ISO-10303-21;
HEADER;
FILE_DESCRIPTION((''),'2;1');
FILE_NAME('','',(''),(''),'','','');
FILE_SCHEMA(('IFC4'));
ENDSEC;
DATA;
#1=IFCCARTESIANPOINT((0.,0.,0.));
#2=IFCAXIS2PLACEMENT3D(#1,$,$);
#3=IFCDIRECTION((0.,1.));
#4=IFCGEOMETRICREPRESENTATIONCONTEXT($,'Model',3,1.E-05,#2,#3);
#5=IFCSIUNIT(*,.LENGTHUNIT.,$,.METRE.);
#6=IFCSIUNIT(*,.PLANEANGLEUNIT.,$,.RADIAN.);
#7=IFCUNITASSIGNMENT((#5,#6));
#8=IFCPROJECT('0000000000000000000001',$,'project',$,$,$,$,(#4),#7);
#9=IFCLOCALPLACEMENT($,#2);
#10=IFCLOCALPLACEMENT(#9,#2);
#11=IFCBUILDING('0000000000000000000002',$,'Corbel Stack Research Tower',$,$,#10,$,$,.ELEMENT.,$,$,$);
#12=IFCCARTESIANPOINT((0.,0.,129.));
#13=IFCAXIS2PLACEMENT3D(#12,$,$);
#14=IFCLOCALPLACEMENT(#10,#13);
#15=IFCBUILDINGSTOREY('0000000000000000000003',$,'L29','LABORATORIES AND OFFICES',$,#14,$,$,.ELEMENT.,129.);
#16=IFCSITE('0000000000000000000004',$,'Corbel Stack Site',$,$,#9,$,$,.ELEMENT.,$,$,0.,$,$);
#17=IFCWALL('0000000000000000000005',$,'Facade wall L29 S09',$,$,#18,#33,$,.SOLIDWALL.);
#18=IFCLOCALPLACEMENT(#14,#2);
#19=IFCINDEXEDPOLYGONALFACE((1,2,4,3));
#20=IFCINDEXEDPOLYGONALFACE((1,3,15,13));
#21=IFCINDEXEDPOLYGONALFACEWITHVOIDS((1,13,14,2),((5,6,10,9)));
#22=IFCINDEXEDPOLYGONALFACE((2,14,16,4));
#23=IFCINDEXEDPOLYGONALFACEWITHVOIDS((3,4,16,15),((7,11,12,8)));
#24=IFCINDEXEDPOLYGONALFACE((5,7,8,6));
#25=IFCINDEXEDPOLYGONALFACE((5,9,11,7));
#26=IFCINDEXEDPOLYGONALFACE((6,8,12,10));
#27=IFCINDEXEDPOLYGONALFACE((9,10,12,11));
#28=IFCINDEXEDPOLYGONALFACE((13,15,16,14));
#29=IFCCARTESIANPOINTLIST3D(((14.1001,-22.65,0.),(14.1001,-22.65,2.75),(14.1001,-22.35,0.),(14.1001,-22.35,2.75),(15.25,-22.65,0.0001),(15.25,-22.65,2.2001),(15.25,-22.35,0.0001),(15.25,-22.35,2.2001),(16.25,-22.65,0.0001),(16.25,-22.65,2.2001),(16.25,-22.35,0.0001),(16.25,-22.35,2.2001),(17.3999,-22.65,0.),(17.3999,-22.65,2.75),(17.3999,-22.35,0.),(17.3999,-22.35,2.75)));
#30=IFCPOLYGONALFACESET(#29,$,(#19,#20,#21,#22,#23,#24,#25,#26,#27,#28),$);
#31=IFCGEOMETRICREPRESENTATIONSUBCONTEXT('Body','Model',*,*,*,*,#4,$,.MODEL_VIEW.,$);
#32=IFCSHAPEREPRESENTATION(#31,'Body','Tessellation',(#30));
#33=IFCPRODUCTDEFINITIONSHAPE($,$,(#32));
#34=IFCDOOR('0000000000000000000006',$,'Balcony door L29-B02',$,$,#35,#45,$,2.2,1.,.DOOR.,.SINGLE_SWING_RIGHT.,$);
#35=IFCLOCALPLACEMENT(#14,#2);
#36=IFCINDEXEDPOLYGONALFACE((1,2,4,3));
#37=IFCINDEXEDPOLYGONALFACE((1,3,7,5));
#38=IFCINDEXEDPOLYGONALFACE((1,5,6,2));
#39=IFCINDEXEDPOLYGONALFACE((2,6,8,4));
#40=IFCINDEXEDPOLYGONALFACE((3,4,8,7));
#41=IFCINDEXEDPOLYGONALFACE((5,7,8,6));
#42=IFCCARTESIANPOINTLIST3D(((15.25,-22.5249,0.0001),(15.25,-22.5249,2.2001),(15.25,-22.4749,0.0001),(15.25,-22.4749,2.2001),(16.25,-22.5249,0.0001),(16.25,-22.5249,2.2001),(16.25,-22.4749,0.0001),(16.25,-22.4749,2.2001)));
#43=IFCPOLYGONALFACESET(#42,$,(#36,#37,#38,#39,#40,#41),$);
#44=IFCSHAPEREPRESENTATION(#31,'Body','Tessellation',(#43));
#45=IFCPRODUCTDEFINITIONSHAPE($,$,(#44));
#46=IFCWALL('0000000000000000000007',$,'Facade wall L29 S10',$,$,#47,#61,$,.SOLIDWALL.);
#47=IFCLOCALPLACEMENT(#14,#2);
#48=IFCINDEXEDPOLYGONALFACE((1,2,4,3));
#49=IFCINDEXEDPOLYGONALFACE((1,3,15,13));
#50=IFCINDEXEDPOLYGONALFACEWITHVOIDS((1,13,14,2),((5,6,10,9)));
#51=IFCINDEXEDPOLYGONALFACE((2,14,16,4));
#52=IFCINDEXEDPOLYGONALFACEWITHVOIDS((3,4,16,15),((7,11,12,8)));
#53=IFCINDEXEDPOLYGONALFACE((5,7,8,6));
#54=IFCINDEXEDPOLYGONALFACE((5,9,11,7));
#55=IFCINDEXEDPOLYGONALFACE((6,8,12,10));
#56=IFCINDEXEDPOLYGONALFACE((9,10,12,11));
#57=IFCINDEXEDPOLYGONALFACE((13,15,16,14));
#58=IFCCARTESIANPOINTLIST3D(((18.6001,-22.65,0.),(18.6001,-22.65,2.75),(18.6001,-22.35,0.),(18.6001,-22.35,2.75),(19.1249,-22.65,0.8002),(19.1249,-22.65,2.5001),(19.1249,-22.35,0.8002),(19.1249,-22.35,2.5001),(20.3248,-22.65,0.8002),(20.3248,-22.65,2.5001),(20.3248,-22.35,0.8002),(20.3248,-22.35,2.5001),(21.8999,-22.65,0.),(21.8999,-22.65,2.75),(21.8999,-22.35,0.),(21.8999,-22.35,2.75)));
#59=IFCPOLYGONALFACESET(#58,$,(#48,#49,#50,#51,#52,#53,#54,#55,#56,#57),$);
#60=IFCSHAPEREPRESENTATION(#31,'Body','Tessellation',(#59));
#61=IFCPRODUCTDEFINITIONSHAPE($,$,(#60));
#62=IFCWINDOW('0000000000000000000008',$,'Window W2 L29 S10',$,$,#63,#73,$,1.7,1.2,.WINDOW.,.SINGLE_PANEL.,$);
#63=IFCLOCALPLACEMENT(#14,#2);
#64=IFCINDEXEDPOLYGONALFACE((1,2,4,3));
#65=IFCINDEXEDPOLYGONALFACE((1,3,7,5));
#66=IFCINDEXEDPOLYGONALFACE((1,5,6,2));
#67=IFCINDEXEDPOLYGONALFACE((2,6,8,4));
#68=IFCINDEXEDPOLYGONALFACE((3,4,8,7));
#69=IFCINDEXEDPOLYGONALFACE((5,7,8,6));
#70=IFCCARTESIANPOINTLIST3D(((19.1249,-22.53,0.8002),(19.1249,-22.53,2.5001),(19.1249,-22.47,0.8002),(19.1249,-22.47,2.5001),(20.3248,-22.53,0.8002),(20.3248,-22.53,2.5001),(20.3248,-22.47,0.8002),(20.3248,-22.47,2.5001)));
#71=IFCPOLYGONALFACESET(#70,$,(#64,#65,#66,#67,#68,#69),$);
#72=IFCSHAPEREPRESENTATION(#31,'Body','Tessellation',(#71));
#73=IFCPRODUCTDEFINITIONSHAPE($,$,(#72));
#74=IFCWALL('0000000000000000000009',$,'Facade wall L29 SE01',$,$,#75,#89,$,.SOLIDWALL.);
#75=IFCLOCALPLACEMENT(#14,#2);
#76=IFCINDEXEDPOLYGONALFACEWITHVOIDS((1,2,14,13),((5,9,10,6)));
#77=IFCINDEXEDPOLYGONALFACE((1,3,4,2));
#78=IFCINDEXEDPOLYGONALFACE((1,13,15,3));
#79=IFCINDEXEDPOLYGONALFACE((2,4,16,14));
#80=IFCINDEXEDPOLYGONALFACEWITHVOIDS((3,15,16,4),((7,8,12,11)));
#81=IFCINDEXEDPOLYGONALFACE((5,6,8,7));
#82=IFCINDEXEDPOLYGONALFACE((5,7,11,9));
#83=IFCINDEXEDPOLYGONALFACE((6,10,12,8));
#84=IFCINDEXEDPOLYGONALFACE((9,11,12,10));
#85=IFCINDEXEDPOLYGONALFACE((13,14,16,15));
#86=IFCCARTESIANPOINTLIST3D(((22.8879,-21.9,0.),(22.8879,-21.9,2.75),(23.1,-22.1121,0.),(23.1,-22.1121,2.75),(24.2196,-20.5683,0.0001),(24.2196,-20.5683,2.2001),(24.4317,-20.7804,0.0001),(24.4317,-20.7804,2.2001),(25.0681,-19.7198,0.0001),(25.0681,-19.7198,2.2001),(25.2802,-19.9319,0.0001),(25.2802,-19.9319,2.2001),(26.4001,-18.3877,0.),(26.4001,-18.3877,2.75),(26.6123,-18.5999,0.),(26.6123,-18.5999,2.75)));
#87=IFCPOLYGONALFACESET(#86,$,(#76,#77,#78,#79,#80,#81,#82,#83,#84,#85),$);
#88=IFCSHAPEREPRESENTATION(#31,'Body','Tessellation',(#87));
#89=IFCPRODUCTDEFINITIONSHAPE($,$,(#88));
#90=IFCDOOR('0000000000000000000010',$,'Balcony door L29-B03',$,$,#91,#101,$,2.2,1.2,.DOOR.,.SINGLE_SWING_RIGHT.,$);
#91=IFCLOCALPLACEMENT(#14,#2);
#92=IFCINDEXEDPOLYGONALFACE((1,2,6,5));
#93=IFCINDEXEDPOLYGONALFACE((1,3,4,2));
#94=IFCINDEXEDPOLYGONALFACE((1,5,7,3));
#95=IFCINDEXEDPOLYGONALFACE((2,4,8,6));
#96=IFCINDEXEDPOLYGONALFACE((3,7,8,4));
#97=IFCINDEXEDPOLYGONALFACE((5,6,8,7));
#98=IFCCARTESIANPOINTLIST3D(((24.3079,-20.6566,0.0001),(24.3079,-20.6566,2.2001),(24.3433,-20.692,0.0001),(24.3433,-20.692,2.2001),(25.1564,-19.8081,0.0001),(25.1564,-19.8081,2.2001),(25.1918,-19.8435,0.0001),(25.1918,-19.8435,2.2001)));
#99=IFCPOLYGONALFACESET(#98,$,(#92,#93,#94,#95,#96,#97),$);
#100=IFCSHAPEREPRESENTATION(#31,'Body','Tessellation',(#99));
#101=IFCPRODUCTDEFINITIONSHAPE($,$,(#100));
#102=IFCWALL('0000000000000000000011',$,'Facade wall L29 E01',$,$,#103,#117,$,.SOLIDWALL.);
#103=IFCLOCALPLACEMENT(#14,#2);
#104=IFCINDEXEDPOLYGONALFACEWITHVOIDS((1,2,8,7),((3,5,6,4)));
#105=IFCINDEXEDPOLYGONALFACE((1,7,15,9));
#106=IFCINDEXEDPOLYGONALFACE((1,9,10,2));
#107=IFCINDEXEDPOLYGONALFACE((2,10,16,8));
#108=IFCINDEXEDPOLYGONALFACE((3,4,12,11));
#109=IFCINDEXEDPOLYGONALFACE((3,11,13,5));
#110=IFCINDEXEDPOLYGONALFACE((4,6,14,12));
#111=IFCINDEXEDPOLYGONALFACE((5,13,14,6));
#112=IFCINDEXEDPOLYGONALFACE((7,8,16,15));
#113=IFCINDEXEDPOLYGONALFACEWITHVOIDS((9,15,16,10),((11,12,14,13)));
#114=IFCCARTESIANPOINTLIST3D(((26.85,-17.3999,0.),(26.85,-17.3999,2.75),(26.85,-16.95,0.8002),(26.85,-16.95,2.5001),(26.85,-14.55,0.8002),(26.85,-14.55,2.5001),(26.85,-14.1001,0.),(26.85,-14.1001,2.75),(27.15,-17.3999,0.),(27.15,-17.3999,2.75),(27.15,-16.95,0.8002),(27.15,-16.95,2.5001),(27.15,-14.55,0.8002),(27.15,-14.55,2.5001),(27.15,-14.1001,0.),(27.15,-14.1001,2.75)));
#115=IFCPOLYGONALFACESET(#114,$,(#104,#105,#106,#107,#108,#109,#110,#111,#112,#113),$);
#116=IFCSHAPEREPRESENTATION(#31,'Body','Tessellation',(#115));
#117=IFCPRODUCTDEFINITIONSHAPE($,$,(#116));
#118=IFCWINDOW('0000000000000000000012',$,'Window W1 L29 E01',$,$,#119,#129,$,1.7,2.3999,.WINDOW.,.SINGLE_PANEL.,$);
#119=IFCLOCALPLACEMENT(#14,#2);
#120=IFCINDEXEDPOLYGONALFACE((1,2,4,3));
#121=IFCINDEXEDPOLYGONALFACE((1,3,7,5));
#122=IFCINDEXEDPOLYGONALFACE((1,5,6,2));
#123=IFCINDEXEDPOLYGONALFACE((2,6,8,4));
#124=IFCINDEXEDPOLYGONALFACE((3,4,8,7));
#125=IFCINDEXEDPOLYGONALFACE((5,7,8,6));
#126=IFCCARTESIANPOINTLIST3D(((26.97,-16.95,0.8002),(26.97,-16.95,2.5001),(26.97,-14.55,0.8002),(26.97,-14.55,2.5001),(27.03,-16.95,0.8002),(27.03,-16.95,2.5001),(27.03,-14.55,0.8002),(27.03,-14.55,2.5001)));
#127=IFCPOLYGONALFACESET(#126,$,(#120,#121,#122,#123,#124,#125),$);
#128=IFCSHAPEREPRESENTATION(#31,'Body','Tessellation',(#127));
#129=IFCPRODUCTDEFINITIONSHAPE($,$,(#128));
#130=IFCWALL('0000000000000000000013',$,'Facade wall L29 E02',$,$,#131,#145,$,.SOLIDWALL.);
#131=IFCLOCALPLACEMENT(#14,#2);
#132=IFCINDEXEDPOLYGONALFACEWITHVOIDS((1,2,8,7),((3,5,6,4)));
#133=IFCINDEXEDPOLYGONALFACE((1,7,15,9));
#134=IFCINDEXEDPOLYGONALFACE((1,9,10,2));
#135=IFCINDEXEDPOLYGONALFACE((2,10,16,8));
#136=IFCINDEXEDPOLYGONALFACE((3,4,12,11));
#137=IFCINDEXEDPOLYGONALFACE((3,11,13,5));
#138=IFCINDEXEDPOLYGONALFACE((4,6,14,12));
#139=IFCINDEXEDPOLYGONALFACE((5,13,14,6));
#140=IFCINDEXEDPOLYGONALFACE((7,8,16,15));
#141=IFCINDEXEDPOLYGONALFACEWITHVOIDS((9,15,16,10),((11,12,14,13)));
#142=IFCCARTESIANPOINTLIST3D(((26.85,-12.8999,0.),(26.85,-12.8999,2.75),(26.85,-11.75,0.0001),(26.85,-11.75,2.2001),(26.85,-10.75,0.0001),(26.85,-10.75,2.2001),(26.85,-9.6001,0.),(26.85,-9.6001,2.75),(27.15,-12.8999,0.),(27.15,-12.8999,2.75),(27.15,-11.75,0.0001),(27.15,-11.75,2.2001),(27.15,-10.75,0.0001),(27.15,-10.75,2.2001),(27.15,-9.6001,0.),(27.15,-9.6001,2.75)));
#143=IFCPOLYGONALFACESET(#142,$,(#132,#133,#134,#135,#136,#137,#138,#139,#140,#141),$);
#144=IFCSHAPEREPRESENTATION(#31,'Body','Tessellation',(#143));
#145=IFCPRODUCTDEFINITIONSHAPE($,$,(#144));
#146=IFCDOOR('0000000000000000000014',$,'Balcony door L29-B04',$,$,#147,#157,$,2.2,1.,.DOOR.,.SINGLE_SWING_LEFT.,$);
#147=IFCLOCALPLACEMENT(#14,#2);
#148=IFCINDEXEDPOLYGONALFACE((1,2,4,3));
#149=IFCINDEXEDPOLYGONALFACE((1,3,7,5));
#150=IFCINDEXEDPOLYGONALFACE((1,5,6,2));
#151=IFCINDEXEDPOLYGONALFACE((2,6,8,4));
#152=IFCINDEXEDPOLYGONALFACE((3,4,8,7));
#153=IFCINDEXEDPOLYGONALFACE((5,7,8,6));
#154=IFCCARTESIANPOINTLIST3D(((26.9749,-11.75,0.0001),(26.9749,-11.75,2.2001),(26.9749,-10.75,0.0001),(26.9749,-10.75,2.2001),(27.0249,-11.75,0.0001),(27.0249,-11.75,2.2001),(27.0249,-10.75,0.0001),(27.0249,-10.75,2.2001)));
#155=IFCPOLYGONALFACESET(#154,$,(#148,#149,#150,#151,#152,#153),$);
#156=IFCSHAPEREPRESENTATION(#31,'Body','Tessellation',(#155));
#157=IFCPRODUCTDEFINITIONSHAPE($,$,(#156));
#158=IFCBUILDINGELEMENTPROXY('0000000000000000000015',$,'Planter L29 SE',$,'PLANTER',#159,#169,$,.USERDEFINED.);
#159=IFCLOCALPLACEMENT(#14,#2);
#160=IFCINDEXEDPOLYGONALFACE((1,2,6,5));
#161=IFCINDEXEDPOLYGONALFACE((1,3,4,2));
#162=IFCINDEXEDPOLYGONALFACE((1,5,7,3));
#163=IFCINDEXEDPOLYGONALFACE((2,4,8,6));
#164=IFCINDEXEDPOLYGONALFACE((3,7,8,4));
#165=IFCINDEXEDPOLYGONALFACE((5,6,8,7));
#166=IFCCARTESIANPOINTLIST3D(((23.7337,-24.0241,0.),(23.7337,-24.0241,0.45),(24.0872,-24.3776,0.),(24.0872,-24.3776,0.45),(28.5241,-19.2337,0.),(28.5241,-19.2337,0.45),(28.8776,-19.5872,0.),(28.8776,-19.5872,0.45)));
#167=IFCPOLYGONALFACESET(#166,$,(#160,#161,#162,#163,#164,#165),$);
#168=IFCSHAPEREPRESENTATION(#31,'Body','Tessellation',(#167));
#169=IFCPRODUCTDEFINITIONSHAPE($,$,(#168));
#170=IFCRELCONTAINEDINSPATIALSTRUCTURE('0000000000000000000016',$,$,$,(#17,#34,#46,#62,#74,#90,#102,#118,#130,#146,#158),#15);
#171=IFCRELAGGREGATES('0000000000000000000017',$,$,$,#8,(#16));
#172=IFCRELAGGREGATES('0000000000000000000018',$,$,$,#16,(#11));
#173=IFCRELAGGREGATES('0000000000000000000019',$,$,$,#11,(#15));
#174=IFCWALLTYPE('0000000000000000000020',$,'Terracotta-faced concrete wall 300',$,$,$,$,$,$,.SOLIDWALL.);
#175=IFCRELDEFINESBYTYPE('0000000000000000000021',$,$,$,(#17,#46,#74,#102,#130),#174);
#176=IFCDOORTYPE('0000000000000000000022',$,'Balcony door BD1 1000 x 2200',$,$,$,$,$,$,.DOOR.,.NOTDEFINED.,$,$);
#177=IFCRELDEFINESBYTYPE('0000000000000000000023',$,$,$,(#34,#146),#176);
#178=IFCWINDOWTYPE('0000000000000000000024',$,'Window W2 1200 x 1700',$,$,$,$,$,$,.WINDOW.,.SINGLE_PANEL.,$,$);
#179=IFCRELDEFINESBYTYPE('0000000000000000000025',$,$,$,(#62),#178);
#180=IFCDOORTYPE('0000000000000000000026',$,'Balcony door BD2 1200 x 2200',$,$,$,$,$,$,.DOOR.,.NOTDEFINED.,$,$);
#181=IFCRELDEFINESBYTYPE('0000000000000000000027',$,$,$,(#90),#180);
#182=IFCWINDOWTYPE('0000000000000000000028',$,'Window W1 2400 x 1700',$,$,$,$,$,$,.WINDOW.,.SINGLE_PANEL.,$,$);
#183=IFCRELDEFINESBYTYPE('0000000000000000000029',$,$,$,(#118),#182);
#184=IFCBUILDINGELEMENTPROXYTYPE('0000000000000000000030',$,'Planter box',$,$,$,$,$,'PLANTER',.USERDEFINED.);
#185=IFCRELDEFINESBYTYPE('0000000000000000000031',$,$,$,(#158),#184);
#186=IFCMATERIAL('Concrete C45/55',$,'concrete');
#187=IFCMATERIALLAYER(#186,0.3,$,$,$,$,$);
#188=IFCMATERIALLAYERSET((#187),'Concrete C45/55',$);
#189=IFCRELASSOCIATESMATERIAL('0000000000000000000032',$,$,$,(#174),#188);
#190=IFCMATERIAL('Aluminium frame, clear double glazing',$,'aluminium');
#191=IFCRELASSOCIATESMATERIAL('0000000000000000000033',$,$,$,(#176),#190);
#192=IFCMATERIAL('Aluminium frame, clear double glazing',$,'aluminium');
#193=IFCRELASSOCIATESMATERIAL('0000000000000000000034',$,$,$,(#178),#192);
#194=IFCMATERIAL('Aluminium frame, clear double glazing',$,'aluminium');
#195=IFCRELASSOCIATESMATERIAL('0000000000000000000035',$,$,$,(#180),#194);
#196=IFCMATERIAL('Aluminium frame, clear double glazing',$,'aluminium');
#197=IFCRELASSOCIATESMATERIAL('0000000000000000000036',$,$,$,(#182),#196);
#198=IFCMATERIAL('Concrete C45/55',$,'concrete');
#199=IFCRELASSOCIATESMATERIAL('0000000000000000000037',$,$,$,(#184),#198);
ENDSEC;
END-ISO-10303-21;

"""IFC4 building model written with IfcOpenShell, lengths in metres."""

from ifc_helpers import new_model, si_unit, direction, frame, frame_2d, origin, origin_2d, place, context, subcontext, project, spatial, rectangle, extrude, material, layer, layer_set, type_object, element, fill, save


model = new_model("IFC4")

# Units and contexts
model_context = context("Model", 3, precision=1e-05, world=origin(), true_north=direction((0.0, 1.0)))
body_context = subcontext(model_context, "Body", "Model", "MODEL_VIEW")
ifc_project = project(units=[si_unit("LENGTHUNIT", "METRE"), si_unit("PLANEANGLEUNIT", "RADIAN")], contexts=[model_context])

# Site, building, storey
site_placement = place(None, origin())
site = spatial("IfcSite", under=ifc_project, at=site_placement, Name="Corbel Stack Site", CompositionType="ELEMENT", RefElevation=0.0)
building_placement = place(site_placement, origin())
building = spatial("IfcBuilding", under=site, at=building_placement, Name="Corbel Stack Research Tower", CompositionType="ELEMENT")
storey_placement = place(building_placement, frame((0.0, 0.0, 129.0)))
storey = spatial("IfcBuildingStorey", under=building, at=storey_placement, Name="L29", Description="LABORATORIES AND OFFICES", CompositionType="ELEMENT", Elevation=129.0)

# Wall, opening, door
ifc_material_1 = material(Name="Concrete C45/55", Category="concrete")
ifc_layer_1 = layer(ifc_material_1, 0.3)
ifc_layer_set_1 = layer_set([ifc_layer_1], Name="Concrete C45/55")
wall_type_1 = type_object("IfcWallType", Name="Terracotta-faced concrete wall 300", PredefinedType="SOLIDWALL", material=ifc_layer_set_1)
wall_1_placement = place(storey_placement, frame((17.3999, -22.5, 0.0), z_axis=(0.0, 0.0, 1.0), x_axis=(-1.0, 0.0, 0.0)))
wall_1 = element("IfcWall", 1, at=wall_1_placement, inside=storey, type_object=wall_type_1, Name="Facade wall L29 S09", PredefinedType="SOLIDWALL", context=body_context, shape_type="SweptSolid", body=[
    extrude(rectangle(XDim=3.2998, YDim=0.3, at=frame_2d((1.6499, 0.0))), origin(), (0.0, 0.0, 1.0), 2.75),
])
opening_1_placement = place(wall_1_placement, frame((1.1499, 0.0, 0.0)))
opening_1 = element("IfcOpeningElement", 2, at=opening_1_placement, cuts=wall_1, PredefinedType="OPENING", context=body_context, shape_type="SweptSolid", body=[
    extrude(rectangle(XDim=1.0, YDim=2.2, at=frame_2d((0.5, 1.1001))), frame((0.0, 0.1599, 0.0), z_axis=(0.0, -1.0, 0.0), x_axis=(1.0, 0.0, 0.0)), (0.0, 0.0, 1.0), 0.3201),
])
ifc_material_2 = material(Name="Aluminium frame, clear double glazing", Category="aluminium")
door_type_1 = type_object("IfcDoorType", Name="Balcony door BD1 1000 x 2200", OperationType="NOTDEFINED", PredefinedType="DOOR", material=ifc_material_2)
door_1_placement = place(opening_1_placement, origin())
door_1 = element("IfcDoor", 3, at=door_1_placement, inside=storey, type_object=door_type_1, Name="Balcony door L29-B02", OperationType="SINGLE_SWING_RIGHT", OverallHeight=2.2, OverallWidth=1.0, PredefinedType="DOOR", context=body_context, shape_type="SweptSolid", body=[
    extrude(rectangle(XDim=1.0, YDim=2.2, at=frame_2d((0.5, 1.1001))), frame((0.0, 0.0249, 0.0), z_axis=(0.0, -1.0, 0.0), x_axis=(1.0, 0.0, 0.0)), (0.0, 0.0, 1.0), 0.05),
])
fill(opening_1, door_1)

# Wall, opening, window
wall_2_placement = place(storey_placement, frame((21.8999, -22.5, 0.0), z_axis=(0.0, 0.0, 1.0), x_axis=(-1.0, 0.0, 0.0)))
wall_2 = element("IfcWall", 4, at=wall_2_placement, inside=storey, type_object=wall_type_1, Name="Facade wall L29 S10", PredefinedType="SOLIDWALL", context=body_context, shape_type="SweptSolid", body=[
    extrude(rectangle(XDim=3.2998, YDim=0.3, at=frame_2d((1.6499, 0.0))), origin(), (0.0, 0.0, 1.0), 2.75),
])
opening_2_placement = place(wall_2_placement, frame((1.575, 0.0, 0.8)))
opening_2 = element("IfcOpeningElement", 5, at=opening_2_placement, cuts=wall_2, PredefinedType="OPENING", context=body_context, shape_type="SweptSolid", body=[
    extrude(rectangle(XDim=1.2, YDim=1.7, at=frame_2d((0.6001, 0.8501))), frame((0.0, 0.1599, 0.0), z_axis=(0.0, -1.0, 0.0), x_axis=(1.0, 0.0, 0.0)), (0.0, 0.0, 1.0), 0.3201),
])
ifc_material_3 = material(Name="Aluminium frame, clear double glazing", Category="aluminium")
window_type_1 = type_object("IfcWindowType", Name="Window W2 1200 x 1700", PartitioningType="SINGLE_PANEL", PredefinedType="WINDOW", material=ifc_material_3)
window_1_placement = place(opening_2_placement, origin())
window_1 = element("IfcWindow", 6, at=window_1_placement, inside=storey, type_object=window_type_1, Name="Window W2 L29 S10", OverallHeight=1.7, OverallWidth=1.2, PartitioningType="SINGLE_PANEL", PredefinedType="WINDOW", context=body_context, shape_type="SweptSolid", body=[
    extrude(rectangle(XDim=1.2, YDim=1.7, at=frame_2d((0.6001, 0.8501))), frame((0.0, 0.03, 0.0), z_axis=(0.0, -1.0, 0.0), x_axis=(1.0, 0.0, 0.0)), (0.0, 0.0, 1.0), 0.0601),
])
fill(opening_2, window_1)

# Wall, opening, door
wall_3_placement = place(storey_placement, frame((26.5061, -18.4939, 0.0), z_axis=(0.0, 0.0, 1.0), x_axis=(-0.707107, -0.707107, 0.0)))
wall_3 = element("IfcWall", 7, at=wall_3_placement, inside=storey, type_object=wall_type_1, Name="Facade wall L29 SE01", PredefinedType="SOLIDWALL", context=body_context, shape_type="SweptSolid", body=[
    extrude(rectangle(XDim=4.967, YDim=0.3, at=frame_2d((2.4834, 0.0))), origin(), (0.0, 0.0, 1.0), 2.75),
])
opening_3_placement = place(wall_3_placement, frame((1.8835, 0.0, 0.0)))
opening_3 = element("IfcOpeningElement", 8, at=opening_3_placement, cuts=wall_3, PredefinedType="OPENING", context=body_context, shape_type="SweptSolid", body=[
    extrude(rectangle(XDim=1.2, YDim=2.2, at=frame_2d((0.6001, 1.1001))), frame((0.0, 0.1599, 0.0), z_axis=(0.0, -1.0, 0.0), x_axis=(1.0, 0.0, 0.0)), (0.0, 0.0, 1.0), 0.3201),
])
ifc_material_4 = material(Name="Aluminium frame, clear double glazing", Category="aluminium")
door_type_2 = type_object("IfcDoorType", Name="Balcony door BD2 1200 x 2200", OperationType="NOTDEFINED", PredefinedType="DOOR", material=ifc_material_4)
door_2_placement = place(opening_3_placement, origin())
door_2 = element("IfcDoor", 9, at=door_2_placement, inside=storey, type_object=door_type_2, Name="Balcony door L29-B03", OperationType="SINGLE_SWING_RIGHT", OverallHeight=2.2, OverallWidth=1.2, PredefinedType="DOOR", context=body_context, shape_type="SweptSolid", body=[
    extrude(rectangle(XDim=1.2, YDim=2.2, at=frame_2d((0.6001, 1.1001))), frame((0.0, 0.0249, 0.0), z_axis=(0.0, -1.0, 0.0), x_axis=(1.0, 0.0, 0.0)), (0.0, 0.0, 1.0), 0.05),
])
fill(opening_3, door_2)

# Wall, opening, window
wall_4_placement = place(storey_placement, frame((27.0, -14.1001, 0.0), z_axis=(0.0, 0.0, 1.0), x_axis=(0.0, -1.0, 0.0)))
wall_4 = element("IfcWall", 10, at=wall_4_placement, inside=storey, type_object=wall_type_1, Name="Facade wall L29 E01", PredefinedType="SOLIDWALL", context=body_context, shape_type="SweptSolid", body=[
    extrude(rectangle(XDim=3.2998, YDim=0.3, at=frame_2d((1.6499, 0.0))), origin(), (0.0, 0.0, 1.0), 2.75),
])
opening_4_placement = place(wall_4_placement, frame((0.45, 0.0, 0.8)))
opening_4 = element("IfcOpeningElement", 11, at=opening_4_placement, cuts=wall_4, PredefinedType="OPENING", context=body_context, shape_type="SweptSolid", body=[
    extrude(rectangle(XDim=2.3999, YDim=1.7, at=frame_2d((1.2, 0.8501))), frame((0.0, 0.1599, 0.0), z_axis=(0.0, -1.0, 0.0), x_axis=(1.0, 0.0, 0.0)), (0.0, 0.0, 1.0), 0.3201),
])
ifc_material_5 = material(Name="Aluminium frame, clear double glazing", Category="aluminium")
window_type_2 = type_object("IfcWindowType", Name="Window W1 2400 x 1700", PartitioningType="SINGLE_PANEL", PredefinedType="WINDOW", material=ifc_material_5)
window_2_placement = place(opening_4_placement, origin())
window_2 = element("IfcWindow", 12, at=window_2_placement, inside=storey, type_object=window_type_2, Name="Window W1 L29 E01", OverallHeight=1.7, OverallWidth=2.3999, PartitioningType="SINGLE_PANEL", PredefinedType="WINDOW", context=body_context, shape_type="SweptSolid", body=[
    extrude(rectangle(XDim=2.3999, YDim=1.7, at=frame_2d((1.2, 0.8501))), frame((0.0, 0.03, 0.0), z_axis=(0.0, -1.0, 0.0), x_axis=(1.0, 0.0, 0.0)), (0.0, 0.0, 1.0), 0.0601),
])
fill(opening_4, window_2)

# Wall, opening, door
wall_5_placement = place(storey_placement, frame((27.0, -9.6001, 0.0), z_axis=(0.0, 0.0, 1.0), x_axis=(0.0, -1.0, 0.0)))
wall_5 = element("IfcWall", 13, at=wall_5_placement, inside=storey, type_object=wall_type_1, Name="Facade wall L29 E02", PredefinedType="SOLIDWALL", context=body_context, shape_type="SweptSolid", body=[
    extrude(rectangle(XDim=3.2998, YDim=0.3, at=frame_2d((1.6499, 0.0))), origin(), (0.0, 0.0, 1.0), 2.75),
])
opening_5_placement = place(wall_5_placement, frame((1.1499, 0.0, 0.0)))
opening_5 = element("IfcOpeningElement", 14, at=opening_5_placement, cuts=wall_5, PredefinedType="OPENING", context=body_context, shape_type="SweptSolid", body=[
    extrude(rectangle(XDim=1.0, YDim=2.2, at=frame_2d((0.5, 1.1001))), frame((0.0, 0.1599, 0.0), z_axis=(0.0, -1.0, 0.0), x_axis=(1.0, 0.0, 0.0)), (0.0, 0.0, 1.0), 0.3201),
])
door_3_placement = place(opening_5_placement, origin())
door_3 = element("IfcDoor", 15, at=door_3_placement, inside=storey, type_object=door_type_1, Name="Balcony door L29-B04", OperationType="SINGLE_SWING_LEFT", OverallHeight=2.2, OverallWidth=1.0, PredefinedType="DOOR", context=body_context, shape_type="SweptSolid", body=[
    extrude(rectangle(XDim=1.0, YDim=2.2, at=frame_2d((0.5, 1.1001))), frame((0.0, 0.0249, 0.0), z_axis=(0.0, -1.0, 0.0), x_axis=(1.0, 0.0, 0.0)), (0.0, 0.0, 1.0), 0.05),
])
fill(opening_5, door_3)

# Building element proxy
ifc_material_6 = material(Name="Concrete C45/55", Category="concrete")
building_element_proxy_type = type_object("IfcBuildingElementProxyType", Name="Planter box", ElementType="PLANTER", PredefinedType="USERDEFINED", material=ifc_material_6)
proxy_placement = place(storey_placement, frame((26.3057, -21.8057, 0.0), z_axis=(0.0, 0.0, 1.0), x_axis=(0.707107, 0.707107, 0.0)))
element("IfcBuildingElementProxy", 16, at=proxy_placement, inside=storey, type_object=building_element_proxy_type, Name="Planter L29 SE", ObjectType="PLANTER", PredefinedType="USERDEFINED", context=body_context, shape_type="SweptSolid", body=[
    extrude(rectangle(XDim=6.7747, YDim=0.5, at=origin_2d()), origin(), (0.0, 0.0, 1.0), 0.45),
])

save(model, "model.ifc")
